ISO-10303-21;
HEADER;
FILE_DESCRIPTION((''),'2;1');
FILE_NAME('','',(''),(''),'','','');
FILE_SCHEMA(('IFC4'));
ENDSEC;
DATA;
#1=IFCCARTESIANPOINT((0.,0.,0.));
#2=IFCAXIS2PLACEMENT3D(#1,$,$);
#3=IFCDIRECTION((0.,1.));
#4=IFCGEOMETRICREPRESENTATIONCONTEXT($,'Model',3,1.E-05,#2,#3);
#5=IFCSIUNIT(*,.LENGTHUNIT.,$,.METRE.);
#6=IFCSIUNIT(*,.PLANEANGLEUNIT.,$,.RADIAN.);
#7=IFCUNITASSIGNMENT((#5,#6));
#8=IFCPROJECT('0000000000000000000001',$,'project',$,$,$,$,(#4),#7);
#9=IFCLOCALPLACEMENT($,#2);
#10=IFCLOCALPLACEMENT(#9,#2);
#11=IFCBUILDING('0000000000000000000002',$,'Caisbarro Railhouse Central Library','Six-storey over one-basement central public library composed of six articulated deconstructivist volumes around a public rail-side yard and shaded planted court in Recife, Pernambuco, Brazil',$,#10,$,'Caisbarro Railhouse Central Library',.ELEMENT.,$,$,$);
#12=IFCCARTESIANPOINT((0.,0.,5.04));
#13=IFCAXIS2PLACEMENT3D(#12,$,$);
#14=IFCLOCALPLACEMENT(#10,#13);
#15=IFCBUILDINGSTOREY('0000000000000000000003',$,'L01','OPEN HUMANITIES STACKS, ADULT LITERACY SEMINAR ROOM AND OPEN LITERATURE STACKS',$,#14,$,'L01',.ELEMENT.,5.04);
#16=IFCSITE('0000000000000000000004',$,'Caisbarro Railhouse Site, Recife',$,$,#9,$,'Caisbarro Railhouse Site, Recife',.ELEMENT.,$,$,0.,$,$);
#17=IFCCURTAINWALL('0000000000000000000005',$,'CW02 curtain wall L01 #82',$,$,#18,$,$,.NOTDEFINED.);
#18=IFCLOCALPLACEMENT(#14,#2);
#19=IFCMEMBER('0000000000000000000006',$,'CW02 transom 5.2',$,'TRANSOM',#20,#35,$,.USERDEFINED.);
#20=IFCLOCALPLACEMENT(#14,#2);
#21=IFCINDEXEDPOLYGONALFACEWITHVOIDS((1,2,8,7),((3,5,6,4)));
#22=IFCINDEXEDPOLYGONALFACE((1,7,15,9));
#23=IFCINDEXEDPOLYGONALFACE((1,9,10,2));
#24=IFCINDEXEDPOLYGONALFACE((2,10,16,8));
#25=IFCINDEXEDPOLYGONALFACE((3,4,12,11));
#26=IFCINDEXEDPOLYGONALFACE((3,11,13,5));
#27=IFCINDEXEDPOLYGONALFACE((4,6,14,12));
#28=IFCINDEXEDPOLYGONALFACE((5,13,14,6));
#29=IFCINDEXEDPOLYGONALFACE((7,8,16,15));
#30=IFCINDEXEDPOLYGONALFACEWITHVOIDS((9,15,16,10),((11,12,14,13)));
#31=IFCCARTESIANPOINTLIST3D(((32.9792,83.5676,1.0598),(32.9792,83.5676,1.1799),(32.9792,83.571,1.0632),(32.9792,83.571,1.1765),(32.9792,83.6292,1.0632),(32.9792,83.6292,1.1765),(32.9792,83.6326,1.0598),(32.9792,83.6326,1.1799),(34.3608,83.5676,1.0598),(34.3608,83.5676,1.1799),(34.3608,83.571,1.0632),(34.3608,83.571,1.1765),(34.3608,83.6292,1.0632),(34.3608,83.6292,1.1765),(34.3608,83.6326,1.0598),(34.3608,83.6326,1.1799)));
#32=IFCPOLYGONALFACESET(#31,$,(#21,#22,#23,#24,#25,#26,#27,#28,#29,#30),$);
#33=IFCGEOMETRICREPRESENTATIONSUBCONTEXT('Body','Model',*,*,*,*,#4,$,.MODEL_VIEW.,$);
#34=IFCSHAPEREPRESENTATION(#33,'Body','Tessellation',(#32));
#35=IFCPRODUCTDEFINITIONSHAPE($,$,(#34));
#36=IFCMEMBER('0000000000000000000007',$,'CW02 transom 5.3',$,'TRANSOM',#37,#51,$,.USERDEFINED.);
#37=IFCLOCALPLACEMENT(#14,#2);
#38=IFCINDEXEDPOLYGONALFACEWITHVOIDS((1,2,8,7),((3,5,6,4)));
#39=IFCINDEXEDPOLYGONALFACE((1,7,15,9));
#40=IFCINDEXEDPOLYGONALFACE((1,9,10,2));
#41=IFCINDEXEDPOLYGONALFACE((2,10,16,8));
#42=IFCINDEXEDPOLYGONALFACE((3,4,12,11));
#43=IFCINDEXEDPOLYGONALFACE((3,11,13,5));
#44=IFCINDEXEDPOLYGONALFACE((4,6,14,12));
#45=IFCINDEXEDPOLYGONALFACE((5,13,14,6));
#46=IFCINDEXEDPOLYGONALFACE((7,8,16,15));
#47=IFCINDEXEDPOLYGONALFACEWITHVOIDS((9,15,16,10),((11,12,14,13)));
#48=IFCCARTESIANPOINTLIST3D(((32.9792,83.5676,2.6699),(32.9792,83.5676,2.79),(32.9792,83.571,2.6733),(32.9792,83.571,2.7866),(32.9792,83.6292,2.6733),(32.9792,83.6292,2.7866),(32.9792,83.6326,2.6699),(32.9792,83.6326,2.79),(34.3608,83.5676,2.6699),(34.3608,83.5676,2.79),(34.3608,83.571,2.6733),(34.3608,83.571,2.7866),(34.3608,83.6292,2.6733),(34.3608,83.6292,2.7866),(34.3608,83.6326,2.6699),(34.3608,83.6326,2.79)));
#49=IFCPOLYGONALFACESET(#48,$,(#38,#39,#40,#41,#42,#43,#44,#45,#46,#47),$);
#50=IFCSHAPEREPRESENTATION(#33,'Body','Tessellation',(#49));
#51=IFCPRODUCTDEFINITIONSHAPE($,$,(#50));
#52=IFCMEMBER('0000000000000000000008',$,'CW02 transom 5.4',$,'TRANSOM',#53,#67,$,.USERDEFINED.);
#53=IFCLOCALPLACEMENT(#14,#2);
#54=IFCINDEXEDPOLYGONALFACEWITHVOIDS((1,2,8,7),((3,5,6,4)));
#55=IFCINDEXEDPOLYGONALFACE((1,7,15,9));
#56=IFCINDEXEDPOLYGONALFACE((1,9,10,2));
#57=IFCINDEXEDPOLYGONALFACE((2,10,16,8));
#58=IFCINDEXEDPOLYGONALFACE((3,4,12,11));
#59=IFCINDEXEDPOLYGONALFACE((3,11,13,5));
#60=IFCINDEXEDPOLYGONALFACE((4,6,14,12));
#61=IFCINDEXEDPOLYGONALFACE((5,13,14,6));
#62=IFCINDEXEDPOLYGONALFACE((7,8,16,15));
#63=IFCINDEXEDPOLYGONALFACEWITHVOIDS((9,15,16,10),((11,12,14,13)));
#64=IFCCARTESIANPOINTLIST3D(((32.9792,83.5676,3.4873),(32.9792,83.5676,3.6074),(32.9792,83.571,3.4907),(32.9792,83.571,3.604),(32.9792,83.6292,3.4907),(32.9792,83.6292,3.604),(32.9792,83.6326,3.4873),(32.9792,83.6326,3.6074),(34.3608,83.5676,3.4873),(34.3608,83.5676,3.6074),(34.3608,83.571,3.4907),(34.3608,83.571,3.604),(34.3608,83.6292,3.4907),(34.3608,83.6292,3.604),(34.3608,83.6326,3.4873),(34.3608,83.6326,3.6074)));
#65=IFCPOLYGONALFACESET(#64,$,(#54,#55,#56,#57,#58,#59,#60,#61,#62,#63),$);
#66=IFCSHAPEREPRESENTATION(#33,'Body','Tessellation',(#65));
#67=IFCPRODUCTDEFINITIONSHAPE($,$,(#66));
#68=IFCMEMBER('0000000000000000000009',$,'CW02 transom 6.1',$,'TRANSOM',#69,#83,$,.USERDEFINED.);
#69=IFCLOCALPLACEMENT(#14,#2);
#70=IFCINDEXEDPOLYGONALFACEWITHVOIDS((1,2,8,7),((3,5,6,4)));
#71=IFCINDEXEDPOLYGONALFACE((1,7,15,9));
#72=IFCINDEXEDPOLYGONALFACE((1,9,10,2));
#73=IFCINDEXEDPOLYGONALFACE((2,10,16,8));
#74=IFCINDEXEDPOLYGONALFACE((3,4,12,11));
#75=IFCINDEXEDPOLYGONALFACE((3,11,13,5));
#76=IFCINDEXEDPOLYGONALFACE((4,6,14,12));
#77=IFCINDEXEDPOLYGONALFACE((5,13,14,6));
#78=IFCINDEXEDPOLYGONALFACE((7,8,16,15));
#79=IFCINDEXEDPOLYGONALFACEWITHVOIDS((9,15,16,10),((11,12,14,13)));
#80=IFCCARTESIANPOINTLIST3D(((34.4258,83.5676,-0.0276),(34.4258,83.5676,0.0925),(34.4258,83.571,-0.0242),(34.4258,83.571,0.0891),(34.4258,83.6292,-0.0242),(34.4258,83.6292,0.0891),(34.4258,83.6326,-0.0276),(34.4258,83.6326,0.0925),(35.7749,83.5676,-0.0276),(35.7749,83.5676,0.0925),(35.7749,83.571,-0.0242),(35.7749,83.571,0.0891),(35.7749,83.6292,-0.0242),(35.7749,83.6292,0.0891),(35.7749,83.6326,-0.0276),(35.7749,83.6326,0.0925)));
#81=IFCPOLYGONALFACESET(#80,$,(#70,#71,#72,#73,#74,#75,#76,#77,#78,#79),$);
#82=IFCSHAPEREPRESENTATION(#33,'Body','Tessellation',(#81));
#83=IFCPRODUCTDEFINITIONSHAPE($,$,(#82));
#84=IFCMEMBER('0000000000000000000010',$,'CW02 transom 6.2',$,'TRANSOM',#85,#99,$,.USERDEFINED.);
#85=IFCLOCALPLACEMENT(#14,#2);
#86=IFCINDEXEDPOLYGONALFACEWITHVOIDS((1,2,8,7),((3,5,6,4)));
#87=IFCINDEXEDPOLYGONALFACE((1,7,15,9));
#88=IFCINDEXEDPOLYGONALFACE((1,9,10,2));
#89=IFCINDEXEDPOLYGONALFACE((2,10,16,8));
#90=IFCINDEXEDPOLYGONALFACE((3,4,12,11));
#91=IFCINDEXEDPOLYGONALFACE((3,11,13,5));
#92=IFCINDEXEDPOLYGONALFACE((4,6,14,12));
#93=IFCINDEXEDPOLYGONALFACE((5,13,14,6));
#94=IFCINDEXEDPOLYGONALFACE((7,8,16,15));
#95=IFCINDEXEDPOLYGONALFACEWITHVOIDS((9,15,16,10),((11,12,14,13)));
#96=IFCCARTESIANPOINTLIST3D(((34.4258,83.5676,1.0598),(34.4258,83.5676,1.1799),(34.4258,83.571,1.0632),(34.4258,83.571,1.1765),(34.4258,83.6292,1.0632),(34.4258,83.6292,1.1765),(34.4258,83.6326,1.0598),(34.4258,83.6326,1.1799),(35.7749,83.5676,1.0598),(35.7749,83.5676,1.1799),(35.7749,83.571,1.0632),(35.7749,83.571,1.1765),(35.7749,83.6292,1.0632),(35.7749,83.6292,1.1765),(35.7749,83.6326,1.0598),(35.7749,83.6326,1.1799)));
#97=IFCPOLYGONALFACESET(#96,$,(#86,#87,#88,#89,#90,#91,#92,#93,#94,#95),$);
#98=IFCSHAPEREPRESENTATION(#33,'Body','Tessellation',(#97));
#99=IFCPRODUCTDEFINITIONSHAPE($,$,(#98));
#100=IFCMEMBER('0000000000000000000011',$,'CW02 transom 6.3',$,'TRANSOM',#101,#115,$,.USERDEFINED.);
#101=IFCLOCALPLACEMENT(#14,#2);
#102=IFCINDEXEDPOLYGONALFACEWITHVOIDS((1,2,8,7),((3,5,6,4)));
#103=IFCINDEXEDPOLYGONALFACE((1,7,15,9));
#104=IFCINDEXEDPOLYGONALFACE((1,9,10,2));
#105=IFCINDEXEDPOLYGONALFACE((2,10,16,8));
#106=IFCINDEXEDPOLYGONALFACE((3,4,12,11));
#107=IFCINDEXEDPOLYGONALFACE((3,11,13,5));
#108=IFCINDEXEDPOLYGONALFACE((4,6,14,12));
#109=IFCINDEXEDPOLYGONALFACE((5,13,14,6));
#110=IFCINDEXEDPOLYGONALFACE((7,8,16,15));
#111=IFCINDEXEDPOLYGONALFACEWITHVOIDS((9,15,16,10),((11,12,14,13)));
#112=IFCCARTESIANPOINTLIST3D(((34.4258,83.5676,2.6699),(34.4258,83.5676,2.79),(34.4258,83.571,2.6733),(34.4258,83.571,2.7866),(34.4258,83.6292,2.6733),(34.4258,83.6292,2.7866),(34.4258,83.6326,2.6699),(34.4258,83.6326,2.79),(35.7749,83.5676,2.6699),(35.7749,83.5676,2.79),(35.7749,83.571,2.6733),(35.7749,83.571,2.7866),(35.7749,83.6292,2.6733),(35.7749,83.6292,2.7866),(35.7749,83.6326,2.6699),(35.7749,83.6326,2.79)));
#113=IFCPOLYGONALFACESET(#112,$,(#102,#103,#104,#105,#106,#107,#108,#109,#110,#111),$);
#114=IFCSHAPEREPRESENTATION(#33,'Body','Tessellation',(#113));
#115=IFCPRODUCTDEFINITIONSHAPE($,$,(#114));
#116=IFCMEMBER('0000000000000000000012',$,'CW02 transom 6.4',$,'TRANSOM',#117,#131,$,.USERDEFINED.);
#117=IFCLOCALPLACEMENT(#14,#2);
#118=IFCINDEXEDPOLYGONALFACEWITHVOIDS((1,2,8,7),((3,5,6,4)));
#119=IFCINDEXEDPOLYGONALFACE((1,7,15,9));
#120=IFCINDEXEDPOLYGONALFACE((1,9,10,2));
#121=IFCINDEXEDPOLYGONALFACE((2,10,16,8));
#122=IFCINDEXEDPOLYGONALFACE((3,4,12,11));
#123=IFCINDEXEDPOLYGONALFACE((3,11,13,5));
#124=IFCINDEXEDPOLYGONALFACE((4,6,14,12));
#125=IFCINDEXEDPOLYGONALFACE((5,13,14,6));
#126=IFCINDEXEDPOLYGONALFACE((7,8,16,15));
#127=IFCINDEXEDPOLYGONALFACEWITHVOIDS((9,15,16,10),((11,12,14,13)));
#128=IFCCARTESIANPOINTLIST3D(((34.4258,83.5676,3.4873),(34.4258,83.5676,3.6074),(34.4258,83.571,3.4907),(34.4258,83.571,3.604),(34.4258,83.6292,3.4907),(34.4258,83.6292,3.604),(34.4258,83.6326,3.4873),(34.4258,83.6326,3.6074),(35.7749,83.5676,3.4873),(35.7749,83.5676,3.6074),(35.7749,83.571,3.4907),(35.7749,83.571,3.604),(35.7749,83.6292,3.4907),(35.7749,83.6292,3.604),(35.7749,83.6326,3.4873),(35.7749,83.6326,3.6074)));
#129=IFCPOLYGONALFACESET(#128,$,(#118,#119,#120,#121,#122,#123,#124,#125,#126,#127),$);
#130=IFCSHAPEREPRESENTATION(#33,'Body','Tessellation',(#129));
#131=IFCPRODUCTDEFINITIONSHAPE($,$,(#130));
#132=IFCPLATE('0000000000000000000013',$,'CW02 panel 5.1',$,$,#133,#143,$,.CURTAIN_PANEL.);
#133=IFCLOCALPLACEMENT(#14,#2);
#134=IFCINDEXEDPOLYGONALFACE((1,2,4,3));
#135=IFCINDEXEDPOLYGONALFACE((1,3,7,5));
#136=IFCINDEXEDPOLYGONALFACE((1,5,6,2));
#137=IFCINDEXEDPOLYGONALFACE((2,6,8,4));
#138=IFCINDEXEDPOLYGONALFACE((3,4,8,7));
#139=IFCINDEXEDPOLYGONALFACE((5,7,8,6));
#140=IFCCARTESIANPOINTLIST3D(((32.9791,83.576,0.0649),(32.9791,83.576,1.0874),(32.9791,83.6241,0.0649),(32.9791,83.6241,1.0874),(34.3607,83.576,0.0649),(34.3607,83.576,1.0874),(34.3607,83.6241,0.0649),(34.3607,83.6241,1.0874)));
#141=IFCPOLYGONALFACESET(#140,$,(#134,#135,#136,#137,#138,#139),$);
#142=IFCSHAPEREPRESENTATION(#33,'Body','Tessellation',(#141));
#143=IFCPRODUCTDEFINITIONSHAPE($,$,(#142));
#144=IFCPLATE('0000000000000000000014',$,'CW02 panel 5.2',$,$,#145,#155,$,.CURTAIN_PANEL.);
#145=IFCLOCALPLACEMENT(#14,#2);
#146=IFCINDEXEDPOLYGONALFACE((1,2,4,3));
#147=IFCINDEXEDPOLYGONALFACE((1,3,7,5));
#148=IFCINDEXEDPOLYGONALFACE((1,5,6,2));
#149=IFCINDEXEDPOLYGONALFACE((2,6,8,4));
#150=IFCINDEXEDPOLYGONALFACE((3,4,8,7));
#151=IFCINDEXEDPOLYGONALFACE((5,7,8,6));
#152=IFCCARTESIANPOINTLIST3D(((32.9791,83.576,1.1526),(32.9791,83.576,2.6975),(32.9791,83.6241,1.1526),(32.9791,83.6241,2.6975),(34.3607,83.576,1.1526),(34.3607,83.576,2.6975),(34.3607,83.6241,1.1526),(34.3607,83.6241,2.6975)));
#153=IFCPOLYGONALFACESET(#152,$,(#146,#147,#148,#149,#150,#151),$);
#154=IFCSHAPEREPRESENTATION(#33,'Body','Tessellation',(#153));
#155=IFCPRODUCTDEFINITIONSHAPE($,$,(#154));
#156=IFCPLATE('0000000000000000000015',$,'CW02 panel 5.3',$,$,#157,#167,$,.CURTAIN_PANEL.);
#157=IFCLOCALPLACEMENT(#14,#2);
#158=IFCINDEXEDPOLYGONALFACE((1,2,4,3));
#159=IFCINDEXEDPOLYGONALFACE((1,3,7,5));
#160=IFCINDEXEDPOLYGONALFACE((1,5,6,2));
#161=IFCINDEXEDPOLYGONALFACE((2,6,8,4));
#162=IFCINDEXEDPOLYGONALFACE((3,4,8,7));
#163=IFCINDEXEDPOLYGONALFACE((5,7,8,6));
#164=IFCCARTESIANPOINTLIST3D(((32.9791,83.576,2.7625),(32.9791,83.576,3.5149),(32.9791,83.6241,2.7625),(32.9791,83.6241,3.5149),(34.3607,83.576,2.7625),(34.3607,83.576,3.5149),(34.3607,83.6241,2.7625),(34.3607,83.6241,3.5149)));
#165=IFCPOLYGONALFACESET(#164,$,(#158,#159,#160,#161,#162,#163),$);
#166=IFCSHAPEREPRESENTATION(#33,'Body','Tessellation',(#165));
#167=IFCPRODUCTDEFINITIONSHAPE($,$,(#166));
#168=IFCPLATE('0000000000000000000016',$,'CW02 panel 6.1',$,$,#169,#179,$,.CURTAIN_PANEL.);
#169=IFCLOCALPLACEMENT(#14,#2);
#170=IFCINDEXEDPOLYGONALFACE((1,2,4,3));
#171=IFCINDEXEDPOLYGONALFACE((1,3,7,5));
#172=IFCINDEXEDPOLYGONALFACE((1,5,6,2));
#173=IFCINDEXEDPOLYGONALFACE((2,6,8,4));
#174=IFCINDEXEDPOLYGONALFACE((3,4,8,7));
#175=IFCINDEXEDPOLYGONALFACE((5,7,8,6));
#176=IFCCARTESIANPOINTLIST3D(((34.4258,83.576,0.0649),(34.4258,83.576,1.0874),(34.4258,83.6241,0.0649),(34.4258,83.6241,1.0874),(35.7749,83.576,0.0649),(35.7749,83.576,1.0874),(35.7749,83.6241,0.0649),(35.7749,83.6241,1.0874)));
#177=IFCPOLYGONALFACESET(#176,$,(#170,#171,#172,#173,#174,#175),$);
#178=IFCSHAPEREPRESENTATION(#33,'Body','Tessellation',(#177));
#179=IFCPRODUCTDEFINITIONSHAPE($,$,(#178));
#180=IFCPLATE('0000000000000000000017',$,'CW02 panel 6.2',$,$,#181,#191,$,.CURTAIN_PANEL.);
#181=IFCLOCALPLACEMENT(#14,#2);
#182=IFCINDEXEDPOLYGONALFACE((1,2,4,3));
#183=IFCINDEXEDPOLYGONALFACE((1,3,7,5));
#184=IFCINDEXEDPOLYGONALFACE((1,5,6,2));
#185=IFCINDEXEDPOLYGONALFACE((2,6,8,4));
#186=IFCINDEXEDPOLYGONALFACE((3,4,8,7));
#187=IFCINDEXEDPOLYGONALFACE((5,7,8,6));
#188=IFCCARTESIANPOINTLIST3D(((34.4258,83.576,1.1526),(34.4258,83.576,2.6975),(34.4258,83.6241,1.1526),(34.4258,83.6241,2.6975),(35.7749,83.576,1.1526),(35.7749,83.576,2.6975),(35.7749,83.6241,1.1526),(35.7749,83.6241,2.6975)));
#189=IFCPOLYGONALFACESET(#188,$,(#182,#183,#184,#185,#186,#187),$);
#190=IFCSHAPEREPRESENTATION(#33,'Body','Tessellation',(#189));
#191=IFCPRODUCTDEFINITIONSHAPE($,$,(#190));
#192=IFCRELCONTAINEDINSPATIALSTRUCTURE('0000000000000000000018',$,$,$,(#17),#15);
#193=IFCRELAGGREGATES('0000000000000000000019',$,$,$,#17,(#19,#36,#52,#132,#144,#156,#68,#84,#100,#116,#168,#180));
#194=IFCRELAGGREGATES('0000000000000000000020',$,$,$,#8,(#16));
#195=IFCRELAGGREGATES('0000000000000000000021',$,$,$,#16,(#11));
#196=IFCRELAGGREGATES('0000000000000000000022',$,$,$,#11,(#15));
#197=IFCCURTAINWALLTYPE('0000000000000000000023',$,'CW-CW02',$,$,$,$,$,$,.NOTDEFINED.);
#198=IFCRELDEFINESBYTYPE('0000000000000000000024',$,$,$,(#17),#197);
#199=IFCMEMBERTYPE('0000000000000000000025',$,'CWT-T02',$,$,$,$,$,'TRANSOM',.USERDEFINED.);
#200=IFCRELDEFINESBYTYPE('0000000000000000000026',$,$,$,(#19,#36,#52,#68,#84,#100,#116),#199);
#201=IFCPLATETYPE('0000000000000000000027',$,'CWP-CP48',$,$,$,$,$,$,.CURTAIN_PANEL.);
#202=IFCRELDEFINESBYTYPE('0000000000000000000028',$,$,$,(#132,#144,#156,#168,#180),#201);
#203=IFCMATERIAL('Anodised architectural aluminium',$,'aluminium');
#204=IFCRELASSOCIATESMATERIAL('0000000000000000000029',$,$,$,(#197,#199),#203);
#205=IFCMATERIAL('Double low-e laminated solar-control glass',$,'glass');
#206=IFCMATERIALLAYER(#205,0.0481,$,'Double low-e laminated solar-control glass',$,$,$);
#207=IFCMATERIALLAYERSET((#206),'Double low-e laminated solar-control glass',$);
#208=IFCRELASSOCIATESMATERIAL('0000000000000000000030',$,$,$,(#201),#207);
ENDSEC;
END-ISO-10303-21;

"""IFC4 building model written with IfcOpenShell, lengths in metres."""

from ifc_helpers import new_model, si_unit, direction, frame, origin, origin_2d, place, context, subcontext, project, spatial, rectangle, hollow_rectangle, extrude, material, layer, layer_set, material_profile, profile_set, type_object, element, aggregate, save


model = new_model("IFC4")

# Units and contexts
model_context = context("Model", 3, precision=1e-05, world=origin(), true_north=direction((0.0, 1.0)))
body_context = subcontext(model_context, "Body", "Model", "MODEL_VIEW")
ifc_project = project(units=[si_unit("LENGTHUNIT", "METRE"), si_unit("PLANEANGLEUNIT", "RADIAN")], contexts=[model_context])

# Site, building, storey
site_placement = place(None, origin())
site = spatial("IfcSite", under=ifc_project, at=site_placement, Name="Caisbarro Railhouse Site, Recife", LongName="Caisbarro Railhouse Site, Recife", CompositionType="ELEMENT", RefElevation=0.0)
building_placement = place(site_placement, origin())
building = spatial("IfcBuilding", under=site, at=building_placement, Name="Caisbarro Railhouse Central Library", Description="Six-storey over one-basement central public library composed of six articulated deconstructivist volumes around a public rail-side yard and shaded planted court in Recife, Pernambuco, Brazil", LongName="Caisbarro Railhouse Central Library", CompositionType="ELEMENT")
storey_placement = place(building_placement, frame((0.0, 0.0, 5.04)))
storey = spatial("IfcBuildingStorey", under=building, at=storey_placement, Name="L01", Description="OPEN HUMANITIES STACKS, ADULT LITERACY SEMINAR ROOM AND OPEN LITERATURE STACKS", LongName="L01", CompositionType="ELEMENT", Elevation=5.04)

# Curtain wall, members, plates
ifc_material_1 = material(Name="Anodised architectural aluminium", Category="aluminium")
curtain_wall_type = type_object("IfcCurtainWallType", Name="CW-CW02", PredefinedType="NOTDEFINED", material=ifc_material_1)
curtain_wall_placement = place(storey_placement, origin())
curtain_wall = element("IfcCurtainWall", 1, at=curtain_wall_placement, inside=storey, type_object=curtain_wall_type, Name="CW02 curtain wall L01 #82", PredefinedType="NOTDEFINED")
ifc_material_profile_1 = material_profile(ifc_material_1, hollow_rectangle(XDim=0.0649, YDim=0.1201, WallThickness=0.0034, at=origin_2d()), Name="ALU-TRN-65X120")
ifc_profile_set_1 = profile_set([ifc_material_profile_1], Name="Anodised architectural aluminium")
member_type_1 = type_object("IfcMemberType", Name="CWT-T02", ElementType="TRANSOM", PredefinedType="USERDEFINED", material=ifc_profile_set_1)
member_1_placement = place(storey_placement, frame((32.9792, 83.6001, 1.1199), z_axis=(1.0, 0.0, 0.0), x_axis=(0.0, 1.0, 0.0)))
member_1 = element("IfcMember", 2, at=member_1_placement, type_object=member_type_1, Name="CW02 transom 5.2", ObjectType="TRANSOM", PredefinedType="USERDEFINED", context=body_context, shape_type="SweptSolid", body=[
    extrude(hollow_rectangle(XDim=0.0649, YDim=0.1201, WallThickness=0.0034, at=origin_2d()), origin(), (0.0, 0.0, 1.0), 1.3816),
])
member_2_placement = place(storey_placement, frame((32.9792, 83.6001, 2.73), z_axis=(1.0, 0.0, 0.0), x_axis=(0.0, 1.0, 0.0)))
member_2 = element("IfcMember", 3, at=member_2_placement, type_object=member_type_1, Name="CW02 transom 5.3", ObjectType="TRANSOM", PredefinedType="USERDEFINED", context=body_context, shape_type="SweptSolid", body=[
    extrude(hollow_rectangle(XDim=0.0649, YDim=0.1201, WallThickness=0.0034, at=origin_2d()), origin(), (0.0, 0.0, 1.0), 1.3816),
])
member_3_placement = place(storey_placement, frame((32.9792, 83.6001, 3.5474), z_axis=(1.0, 0.0, 0.0), x_axis=(0.0, 1.0, 0.0)))
member_3 = element("IfcMember", 4, at=member_3_placement, type_object=member_type_1, Name="CW02 transom 5.4", ObjectType="TRANSOM", PredefinedType="USERDEFINED", context=body_context, shape_type="SweptSolid", body=[
    extrude(hollow_rectangle(XDim=0.0649, YDim=0.1201, WallThickness=0.0034, at=origin_2d()), origin(), (0.0, 0.0, 1.0), 1.3816),
])
member_4_placement = place(storey_placement, frame((34.4258, 83.6001, 0.0325), z_axis=(1.0, 0.0, 0.0), x_axis=(0.0, 1.0, 0.0)))
member_4 = element("IfcMember", 5, at=member_4_placement, type_object=member_type_1, Name="CW02 transom 6.1", ObjectType="TRANSOM", PredefinedType="USERDEFINED", context=body_context, shape_type="SweptSolid", body=[
    extrude(hollow_rectangle(XDim=0.0649, YDim=0.1201, WallThickness=0.0034, at=origin_2d()), origin(), (0.0, 0.0, 1.0), 1.3491),
])
member_5_placement = place(storey_placement, frame((34.4258, 83.6001, 1.1199), z_axis=(1.0, 0.0, 0.0), x_axis=(0.0, 1.0, 0.0)))
member_5 = element("IfcMember", 6, at=member_5_placement, type_object=member_type_1, Name="CW02 transom 6.2", ObjectType="TRANSOM", PredefinedType="USERDEFINED", context=body_context, shape_type="SweptSolid", body=[
    extrude(hollow_rectangle(XDim=0.0649, YDim=0.1201, WallThickness=0.0034, at=origin_2d()), origin(), (0.0, 0.0, 1.0), 1.3491),
])
member_6_placement = place(storey_placement, frame((34.4258, 83.6001, 2.73), z_axis=(1.0, 0.0, 0.0), x_axis=(0.0, 1.0, 0.0)))
member_6 = element("IfcMember", 7, at=member_6_placement, type_object=member_type_1, Name="CW02 transom 6.3", ObjectType="TRANSOM", PredefinedType="USERDEFINED", context=body_context, shape_type="SweptSolid", body=[
    extrude(hollow_rectangle(XDim=0.0649, YDim=0.1201, WallThickness=0.0034, at=origin_2d()), origin(), (0.0, 0.0, 1.0), 1.3491),
])
member_7_placement = place(storey_placement, frame((34.4258, 83.6001, 3.5474), z_axis=(1.0, 0.0, 0.0), x_axis=(0.0, 1.0, 0.0)))
member_7 = element("IfcMember", 8, at=member_7_placement, type_object=member_type_1, Name="CW02 transom 6.4", ObjectType="TRANSOM", PredefinedType="USERDEFINED", context=body_context, shape_type="SweptSolid", body=[
    extrude(hollow_rectangle(XDim=0.0649, YDim=0.1201, WallThickness=0.0034, at=origin_2d()), origin(), (0.0, 0.0, 1.0), 1.3491),
])
ifc_material_2 = material(Name="Double low-e laminated solar-control glass", Category="glass")
ifc_layer_1 = layer(ifc_material_2, 0.0481, Name="Double low-e laminated solar-control glass")
ifc_layer_set_1 = layer_set([ifc_layer_1], Name="Double low-e laminated solar-control glass")
plate_type = type_object("IfcPlateType", Name="CWP-CP48", PredefinedType="CURTAIN_PANEL", material=ifc_layer_set_1)
plate_1_placement = place(storey_placement, frame((33.6699, 83.6001, 0.0649), z_axis=(0.0, 0.0, 1.0), x_axis=(1.0, 0.0, 0.0)))
plate_1 = element("IfcPlate", 9, at=plate_1_placement, type_object=plate_type, Name="CW02 panel 5.1", PredefinedType="CURTAIN_PANEL", context=body_context, shape_type="SweptSolid", body=[
    extrude(rectangle(XDim=1.3816, YDim=0.0481, at=origin_2d()), origin(), (0.0, 0.0, 1.0), 1.0225),
])
plate_2_placement = place(storey_placement, frame((33.6699, 83.6001, 1.1526), z_axis=(0.0, 0.0, 1.0), x_axis=(1.0, 0.0, 0.0)))
plate_2 = element("IfcPlate", 10, at=plate_2_placement, type_object=plate_type, Name="CW02 panel 5.2", PredefinedType="CURTAIN_PANEL", context=body_context, shape_type="SweptSolid", body=[
    extrude(rectangle(XDim=1.3816, YDim=0.0481, at=origin_2d()), origin(), (0.0, 0.0, 1.0), 1.5449),
])
plate_3_placement = place(storey_placement, frame((33.6699, 83.6001, 2.7625), z_axis=(0.0, 0.0, 1.0), x_axis=(1.0, 0.0, 0.0)))
plate_3 = element("IfcPlate", 11, at=plate_3_placement, type_object=plate_type, Name="CW02 panel 5.3", PredefinedType="CURTAIN_PANEL", context=body_context, shape_type="SweptSolid", body=[
    extrude(rectangle(XDim=1.3816, YDim=0.0481, at=origin_2d()), origin(), (0.0, 0.0, 1.0), 0.7524),
])
plate_4_placement = place(storey_placement, frame((35.1003, 83.6001, 0.0649), z_axis=(0.0, 0.0, 1.0), x_axis=(1.0, 0.0, 0.0)))
plate_4 = element("IfcPlate", 12, at=plate_4_placement, type_object=plate_type, Name="CW02 panel 6.1", PredefinedType="CURTAIN_PANEL", context=body_context, shape_type="SweptSolid", body=[
    extrude(rectangle(XDim=1.3491, YDim=0.0481, at=origin_2d()), origin(), (0.0, 0.0, 1.0), 1.0225),
])
plate_5_placement = place(storey_placement, frame((35.1003, 83.6001, 1.1526), z_axis=(0.0, 0.0, 1.0), x_axis=(1.0, 0.0, 0.0)))
plate_5 = element("IfcPlate", 13, at=plate_5_placement, type_object=plate_type, Name="CW02 panel 6.2", PredefinedType="CURTAIN_PANEL", context=body_context, shape_type="SweptSolid", body=[
    extrude(rectangle(XDim=1.3491, YDim=0.0481, at=origin_2d()), origin(), (0.0, 0.0, 1.0), 1.5449),
])
aggregate(curtain_wall, [member_1, member_2, member_3, plate_1, plate_2, plate_3, member_4, member_5, member_6, member_7, plate_4, plate_5])

save(model, "model.ifc")
